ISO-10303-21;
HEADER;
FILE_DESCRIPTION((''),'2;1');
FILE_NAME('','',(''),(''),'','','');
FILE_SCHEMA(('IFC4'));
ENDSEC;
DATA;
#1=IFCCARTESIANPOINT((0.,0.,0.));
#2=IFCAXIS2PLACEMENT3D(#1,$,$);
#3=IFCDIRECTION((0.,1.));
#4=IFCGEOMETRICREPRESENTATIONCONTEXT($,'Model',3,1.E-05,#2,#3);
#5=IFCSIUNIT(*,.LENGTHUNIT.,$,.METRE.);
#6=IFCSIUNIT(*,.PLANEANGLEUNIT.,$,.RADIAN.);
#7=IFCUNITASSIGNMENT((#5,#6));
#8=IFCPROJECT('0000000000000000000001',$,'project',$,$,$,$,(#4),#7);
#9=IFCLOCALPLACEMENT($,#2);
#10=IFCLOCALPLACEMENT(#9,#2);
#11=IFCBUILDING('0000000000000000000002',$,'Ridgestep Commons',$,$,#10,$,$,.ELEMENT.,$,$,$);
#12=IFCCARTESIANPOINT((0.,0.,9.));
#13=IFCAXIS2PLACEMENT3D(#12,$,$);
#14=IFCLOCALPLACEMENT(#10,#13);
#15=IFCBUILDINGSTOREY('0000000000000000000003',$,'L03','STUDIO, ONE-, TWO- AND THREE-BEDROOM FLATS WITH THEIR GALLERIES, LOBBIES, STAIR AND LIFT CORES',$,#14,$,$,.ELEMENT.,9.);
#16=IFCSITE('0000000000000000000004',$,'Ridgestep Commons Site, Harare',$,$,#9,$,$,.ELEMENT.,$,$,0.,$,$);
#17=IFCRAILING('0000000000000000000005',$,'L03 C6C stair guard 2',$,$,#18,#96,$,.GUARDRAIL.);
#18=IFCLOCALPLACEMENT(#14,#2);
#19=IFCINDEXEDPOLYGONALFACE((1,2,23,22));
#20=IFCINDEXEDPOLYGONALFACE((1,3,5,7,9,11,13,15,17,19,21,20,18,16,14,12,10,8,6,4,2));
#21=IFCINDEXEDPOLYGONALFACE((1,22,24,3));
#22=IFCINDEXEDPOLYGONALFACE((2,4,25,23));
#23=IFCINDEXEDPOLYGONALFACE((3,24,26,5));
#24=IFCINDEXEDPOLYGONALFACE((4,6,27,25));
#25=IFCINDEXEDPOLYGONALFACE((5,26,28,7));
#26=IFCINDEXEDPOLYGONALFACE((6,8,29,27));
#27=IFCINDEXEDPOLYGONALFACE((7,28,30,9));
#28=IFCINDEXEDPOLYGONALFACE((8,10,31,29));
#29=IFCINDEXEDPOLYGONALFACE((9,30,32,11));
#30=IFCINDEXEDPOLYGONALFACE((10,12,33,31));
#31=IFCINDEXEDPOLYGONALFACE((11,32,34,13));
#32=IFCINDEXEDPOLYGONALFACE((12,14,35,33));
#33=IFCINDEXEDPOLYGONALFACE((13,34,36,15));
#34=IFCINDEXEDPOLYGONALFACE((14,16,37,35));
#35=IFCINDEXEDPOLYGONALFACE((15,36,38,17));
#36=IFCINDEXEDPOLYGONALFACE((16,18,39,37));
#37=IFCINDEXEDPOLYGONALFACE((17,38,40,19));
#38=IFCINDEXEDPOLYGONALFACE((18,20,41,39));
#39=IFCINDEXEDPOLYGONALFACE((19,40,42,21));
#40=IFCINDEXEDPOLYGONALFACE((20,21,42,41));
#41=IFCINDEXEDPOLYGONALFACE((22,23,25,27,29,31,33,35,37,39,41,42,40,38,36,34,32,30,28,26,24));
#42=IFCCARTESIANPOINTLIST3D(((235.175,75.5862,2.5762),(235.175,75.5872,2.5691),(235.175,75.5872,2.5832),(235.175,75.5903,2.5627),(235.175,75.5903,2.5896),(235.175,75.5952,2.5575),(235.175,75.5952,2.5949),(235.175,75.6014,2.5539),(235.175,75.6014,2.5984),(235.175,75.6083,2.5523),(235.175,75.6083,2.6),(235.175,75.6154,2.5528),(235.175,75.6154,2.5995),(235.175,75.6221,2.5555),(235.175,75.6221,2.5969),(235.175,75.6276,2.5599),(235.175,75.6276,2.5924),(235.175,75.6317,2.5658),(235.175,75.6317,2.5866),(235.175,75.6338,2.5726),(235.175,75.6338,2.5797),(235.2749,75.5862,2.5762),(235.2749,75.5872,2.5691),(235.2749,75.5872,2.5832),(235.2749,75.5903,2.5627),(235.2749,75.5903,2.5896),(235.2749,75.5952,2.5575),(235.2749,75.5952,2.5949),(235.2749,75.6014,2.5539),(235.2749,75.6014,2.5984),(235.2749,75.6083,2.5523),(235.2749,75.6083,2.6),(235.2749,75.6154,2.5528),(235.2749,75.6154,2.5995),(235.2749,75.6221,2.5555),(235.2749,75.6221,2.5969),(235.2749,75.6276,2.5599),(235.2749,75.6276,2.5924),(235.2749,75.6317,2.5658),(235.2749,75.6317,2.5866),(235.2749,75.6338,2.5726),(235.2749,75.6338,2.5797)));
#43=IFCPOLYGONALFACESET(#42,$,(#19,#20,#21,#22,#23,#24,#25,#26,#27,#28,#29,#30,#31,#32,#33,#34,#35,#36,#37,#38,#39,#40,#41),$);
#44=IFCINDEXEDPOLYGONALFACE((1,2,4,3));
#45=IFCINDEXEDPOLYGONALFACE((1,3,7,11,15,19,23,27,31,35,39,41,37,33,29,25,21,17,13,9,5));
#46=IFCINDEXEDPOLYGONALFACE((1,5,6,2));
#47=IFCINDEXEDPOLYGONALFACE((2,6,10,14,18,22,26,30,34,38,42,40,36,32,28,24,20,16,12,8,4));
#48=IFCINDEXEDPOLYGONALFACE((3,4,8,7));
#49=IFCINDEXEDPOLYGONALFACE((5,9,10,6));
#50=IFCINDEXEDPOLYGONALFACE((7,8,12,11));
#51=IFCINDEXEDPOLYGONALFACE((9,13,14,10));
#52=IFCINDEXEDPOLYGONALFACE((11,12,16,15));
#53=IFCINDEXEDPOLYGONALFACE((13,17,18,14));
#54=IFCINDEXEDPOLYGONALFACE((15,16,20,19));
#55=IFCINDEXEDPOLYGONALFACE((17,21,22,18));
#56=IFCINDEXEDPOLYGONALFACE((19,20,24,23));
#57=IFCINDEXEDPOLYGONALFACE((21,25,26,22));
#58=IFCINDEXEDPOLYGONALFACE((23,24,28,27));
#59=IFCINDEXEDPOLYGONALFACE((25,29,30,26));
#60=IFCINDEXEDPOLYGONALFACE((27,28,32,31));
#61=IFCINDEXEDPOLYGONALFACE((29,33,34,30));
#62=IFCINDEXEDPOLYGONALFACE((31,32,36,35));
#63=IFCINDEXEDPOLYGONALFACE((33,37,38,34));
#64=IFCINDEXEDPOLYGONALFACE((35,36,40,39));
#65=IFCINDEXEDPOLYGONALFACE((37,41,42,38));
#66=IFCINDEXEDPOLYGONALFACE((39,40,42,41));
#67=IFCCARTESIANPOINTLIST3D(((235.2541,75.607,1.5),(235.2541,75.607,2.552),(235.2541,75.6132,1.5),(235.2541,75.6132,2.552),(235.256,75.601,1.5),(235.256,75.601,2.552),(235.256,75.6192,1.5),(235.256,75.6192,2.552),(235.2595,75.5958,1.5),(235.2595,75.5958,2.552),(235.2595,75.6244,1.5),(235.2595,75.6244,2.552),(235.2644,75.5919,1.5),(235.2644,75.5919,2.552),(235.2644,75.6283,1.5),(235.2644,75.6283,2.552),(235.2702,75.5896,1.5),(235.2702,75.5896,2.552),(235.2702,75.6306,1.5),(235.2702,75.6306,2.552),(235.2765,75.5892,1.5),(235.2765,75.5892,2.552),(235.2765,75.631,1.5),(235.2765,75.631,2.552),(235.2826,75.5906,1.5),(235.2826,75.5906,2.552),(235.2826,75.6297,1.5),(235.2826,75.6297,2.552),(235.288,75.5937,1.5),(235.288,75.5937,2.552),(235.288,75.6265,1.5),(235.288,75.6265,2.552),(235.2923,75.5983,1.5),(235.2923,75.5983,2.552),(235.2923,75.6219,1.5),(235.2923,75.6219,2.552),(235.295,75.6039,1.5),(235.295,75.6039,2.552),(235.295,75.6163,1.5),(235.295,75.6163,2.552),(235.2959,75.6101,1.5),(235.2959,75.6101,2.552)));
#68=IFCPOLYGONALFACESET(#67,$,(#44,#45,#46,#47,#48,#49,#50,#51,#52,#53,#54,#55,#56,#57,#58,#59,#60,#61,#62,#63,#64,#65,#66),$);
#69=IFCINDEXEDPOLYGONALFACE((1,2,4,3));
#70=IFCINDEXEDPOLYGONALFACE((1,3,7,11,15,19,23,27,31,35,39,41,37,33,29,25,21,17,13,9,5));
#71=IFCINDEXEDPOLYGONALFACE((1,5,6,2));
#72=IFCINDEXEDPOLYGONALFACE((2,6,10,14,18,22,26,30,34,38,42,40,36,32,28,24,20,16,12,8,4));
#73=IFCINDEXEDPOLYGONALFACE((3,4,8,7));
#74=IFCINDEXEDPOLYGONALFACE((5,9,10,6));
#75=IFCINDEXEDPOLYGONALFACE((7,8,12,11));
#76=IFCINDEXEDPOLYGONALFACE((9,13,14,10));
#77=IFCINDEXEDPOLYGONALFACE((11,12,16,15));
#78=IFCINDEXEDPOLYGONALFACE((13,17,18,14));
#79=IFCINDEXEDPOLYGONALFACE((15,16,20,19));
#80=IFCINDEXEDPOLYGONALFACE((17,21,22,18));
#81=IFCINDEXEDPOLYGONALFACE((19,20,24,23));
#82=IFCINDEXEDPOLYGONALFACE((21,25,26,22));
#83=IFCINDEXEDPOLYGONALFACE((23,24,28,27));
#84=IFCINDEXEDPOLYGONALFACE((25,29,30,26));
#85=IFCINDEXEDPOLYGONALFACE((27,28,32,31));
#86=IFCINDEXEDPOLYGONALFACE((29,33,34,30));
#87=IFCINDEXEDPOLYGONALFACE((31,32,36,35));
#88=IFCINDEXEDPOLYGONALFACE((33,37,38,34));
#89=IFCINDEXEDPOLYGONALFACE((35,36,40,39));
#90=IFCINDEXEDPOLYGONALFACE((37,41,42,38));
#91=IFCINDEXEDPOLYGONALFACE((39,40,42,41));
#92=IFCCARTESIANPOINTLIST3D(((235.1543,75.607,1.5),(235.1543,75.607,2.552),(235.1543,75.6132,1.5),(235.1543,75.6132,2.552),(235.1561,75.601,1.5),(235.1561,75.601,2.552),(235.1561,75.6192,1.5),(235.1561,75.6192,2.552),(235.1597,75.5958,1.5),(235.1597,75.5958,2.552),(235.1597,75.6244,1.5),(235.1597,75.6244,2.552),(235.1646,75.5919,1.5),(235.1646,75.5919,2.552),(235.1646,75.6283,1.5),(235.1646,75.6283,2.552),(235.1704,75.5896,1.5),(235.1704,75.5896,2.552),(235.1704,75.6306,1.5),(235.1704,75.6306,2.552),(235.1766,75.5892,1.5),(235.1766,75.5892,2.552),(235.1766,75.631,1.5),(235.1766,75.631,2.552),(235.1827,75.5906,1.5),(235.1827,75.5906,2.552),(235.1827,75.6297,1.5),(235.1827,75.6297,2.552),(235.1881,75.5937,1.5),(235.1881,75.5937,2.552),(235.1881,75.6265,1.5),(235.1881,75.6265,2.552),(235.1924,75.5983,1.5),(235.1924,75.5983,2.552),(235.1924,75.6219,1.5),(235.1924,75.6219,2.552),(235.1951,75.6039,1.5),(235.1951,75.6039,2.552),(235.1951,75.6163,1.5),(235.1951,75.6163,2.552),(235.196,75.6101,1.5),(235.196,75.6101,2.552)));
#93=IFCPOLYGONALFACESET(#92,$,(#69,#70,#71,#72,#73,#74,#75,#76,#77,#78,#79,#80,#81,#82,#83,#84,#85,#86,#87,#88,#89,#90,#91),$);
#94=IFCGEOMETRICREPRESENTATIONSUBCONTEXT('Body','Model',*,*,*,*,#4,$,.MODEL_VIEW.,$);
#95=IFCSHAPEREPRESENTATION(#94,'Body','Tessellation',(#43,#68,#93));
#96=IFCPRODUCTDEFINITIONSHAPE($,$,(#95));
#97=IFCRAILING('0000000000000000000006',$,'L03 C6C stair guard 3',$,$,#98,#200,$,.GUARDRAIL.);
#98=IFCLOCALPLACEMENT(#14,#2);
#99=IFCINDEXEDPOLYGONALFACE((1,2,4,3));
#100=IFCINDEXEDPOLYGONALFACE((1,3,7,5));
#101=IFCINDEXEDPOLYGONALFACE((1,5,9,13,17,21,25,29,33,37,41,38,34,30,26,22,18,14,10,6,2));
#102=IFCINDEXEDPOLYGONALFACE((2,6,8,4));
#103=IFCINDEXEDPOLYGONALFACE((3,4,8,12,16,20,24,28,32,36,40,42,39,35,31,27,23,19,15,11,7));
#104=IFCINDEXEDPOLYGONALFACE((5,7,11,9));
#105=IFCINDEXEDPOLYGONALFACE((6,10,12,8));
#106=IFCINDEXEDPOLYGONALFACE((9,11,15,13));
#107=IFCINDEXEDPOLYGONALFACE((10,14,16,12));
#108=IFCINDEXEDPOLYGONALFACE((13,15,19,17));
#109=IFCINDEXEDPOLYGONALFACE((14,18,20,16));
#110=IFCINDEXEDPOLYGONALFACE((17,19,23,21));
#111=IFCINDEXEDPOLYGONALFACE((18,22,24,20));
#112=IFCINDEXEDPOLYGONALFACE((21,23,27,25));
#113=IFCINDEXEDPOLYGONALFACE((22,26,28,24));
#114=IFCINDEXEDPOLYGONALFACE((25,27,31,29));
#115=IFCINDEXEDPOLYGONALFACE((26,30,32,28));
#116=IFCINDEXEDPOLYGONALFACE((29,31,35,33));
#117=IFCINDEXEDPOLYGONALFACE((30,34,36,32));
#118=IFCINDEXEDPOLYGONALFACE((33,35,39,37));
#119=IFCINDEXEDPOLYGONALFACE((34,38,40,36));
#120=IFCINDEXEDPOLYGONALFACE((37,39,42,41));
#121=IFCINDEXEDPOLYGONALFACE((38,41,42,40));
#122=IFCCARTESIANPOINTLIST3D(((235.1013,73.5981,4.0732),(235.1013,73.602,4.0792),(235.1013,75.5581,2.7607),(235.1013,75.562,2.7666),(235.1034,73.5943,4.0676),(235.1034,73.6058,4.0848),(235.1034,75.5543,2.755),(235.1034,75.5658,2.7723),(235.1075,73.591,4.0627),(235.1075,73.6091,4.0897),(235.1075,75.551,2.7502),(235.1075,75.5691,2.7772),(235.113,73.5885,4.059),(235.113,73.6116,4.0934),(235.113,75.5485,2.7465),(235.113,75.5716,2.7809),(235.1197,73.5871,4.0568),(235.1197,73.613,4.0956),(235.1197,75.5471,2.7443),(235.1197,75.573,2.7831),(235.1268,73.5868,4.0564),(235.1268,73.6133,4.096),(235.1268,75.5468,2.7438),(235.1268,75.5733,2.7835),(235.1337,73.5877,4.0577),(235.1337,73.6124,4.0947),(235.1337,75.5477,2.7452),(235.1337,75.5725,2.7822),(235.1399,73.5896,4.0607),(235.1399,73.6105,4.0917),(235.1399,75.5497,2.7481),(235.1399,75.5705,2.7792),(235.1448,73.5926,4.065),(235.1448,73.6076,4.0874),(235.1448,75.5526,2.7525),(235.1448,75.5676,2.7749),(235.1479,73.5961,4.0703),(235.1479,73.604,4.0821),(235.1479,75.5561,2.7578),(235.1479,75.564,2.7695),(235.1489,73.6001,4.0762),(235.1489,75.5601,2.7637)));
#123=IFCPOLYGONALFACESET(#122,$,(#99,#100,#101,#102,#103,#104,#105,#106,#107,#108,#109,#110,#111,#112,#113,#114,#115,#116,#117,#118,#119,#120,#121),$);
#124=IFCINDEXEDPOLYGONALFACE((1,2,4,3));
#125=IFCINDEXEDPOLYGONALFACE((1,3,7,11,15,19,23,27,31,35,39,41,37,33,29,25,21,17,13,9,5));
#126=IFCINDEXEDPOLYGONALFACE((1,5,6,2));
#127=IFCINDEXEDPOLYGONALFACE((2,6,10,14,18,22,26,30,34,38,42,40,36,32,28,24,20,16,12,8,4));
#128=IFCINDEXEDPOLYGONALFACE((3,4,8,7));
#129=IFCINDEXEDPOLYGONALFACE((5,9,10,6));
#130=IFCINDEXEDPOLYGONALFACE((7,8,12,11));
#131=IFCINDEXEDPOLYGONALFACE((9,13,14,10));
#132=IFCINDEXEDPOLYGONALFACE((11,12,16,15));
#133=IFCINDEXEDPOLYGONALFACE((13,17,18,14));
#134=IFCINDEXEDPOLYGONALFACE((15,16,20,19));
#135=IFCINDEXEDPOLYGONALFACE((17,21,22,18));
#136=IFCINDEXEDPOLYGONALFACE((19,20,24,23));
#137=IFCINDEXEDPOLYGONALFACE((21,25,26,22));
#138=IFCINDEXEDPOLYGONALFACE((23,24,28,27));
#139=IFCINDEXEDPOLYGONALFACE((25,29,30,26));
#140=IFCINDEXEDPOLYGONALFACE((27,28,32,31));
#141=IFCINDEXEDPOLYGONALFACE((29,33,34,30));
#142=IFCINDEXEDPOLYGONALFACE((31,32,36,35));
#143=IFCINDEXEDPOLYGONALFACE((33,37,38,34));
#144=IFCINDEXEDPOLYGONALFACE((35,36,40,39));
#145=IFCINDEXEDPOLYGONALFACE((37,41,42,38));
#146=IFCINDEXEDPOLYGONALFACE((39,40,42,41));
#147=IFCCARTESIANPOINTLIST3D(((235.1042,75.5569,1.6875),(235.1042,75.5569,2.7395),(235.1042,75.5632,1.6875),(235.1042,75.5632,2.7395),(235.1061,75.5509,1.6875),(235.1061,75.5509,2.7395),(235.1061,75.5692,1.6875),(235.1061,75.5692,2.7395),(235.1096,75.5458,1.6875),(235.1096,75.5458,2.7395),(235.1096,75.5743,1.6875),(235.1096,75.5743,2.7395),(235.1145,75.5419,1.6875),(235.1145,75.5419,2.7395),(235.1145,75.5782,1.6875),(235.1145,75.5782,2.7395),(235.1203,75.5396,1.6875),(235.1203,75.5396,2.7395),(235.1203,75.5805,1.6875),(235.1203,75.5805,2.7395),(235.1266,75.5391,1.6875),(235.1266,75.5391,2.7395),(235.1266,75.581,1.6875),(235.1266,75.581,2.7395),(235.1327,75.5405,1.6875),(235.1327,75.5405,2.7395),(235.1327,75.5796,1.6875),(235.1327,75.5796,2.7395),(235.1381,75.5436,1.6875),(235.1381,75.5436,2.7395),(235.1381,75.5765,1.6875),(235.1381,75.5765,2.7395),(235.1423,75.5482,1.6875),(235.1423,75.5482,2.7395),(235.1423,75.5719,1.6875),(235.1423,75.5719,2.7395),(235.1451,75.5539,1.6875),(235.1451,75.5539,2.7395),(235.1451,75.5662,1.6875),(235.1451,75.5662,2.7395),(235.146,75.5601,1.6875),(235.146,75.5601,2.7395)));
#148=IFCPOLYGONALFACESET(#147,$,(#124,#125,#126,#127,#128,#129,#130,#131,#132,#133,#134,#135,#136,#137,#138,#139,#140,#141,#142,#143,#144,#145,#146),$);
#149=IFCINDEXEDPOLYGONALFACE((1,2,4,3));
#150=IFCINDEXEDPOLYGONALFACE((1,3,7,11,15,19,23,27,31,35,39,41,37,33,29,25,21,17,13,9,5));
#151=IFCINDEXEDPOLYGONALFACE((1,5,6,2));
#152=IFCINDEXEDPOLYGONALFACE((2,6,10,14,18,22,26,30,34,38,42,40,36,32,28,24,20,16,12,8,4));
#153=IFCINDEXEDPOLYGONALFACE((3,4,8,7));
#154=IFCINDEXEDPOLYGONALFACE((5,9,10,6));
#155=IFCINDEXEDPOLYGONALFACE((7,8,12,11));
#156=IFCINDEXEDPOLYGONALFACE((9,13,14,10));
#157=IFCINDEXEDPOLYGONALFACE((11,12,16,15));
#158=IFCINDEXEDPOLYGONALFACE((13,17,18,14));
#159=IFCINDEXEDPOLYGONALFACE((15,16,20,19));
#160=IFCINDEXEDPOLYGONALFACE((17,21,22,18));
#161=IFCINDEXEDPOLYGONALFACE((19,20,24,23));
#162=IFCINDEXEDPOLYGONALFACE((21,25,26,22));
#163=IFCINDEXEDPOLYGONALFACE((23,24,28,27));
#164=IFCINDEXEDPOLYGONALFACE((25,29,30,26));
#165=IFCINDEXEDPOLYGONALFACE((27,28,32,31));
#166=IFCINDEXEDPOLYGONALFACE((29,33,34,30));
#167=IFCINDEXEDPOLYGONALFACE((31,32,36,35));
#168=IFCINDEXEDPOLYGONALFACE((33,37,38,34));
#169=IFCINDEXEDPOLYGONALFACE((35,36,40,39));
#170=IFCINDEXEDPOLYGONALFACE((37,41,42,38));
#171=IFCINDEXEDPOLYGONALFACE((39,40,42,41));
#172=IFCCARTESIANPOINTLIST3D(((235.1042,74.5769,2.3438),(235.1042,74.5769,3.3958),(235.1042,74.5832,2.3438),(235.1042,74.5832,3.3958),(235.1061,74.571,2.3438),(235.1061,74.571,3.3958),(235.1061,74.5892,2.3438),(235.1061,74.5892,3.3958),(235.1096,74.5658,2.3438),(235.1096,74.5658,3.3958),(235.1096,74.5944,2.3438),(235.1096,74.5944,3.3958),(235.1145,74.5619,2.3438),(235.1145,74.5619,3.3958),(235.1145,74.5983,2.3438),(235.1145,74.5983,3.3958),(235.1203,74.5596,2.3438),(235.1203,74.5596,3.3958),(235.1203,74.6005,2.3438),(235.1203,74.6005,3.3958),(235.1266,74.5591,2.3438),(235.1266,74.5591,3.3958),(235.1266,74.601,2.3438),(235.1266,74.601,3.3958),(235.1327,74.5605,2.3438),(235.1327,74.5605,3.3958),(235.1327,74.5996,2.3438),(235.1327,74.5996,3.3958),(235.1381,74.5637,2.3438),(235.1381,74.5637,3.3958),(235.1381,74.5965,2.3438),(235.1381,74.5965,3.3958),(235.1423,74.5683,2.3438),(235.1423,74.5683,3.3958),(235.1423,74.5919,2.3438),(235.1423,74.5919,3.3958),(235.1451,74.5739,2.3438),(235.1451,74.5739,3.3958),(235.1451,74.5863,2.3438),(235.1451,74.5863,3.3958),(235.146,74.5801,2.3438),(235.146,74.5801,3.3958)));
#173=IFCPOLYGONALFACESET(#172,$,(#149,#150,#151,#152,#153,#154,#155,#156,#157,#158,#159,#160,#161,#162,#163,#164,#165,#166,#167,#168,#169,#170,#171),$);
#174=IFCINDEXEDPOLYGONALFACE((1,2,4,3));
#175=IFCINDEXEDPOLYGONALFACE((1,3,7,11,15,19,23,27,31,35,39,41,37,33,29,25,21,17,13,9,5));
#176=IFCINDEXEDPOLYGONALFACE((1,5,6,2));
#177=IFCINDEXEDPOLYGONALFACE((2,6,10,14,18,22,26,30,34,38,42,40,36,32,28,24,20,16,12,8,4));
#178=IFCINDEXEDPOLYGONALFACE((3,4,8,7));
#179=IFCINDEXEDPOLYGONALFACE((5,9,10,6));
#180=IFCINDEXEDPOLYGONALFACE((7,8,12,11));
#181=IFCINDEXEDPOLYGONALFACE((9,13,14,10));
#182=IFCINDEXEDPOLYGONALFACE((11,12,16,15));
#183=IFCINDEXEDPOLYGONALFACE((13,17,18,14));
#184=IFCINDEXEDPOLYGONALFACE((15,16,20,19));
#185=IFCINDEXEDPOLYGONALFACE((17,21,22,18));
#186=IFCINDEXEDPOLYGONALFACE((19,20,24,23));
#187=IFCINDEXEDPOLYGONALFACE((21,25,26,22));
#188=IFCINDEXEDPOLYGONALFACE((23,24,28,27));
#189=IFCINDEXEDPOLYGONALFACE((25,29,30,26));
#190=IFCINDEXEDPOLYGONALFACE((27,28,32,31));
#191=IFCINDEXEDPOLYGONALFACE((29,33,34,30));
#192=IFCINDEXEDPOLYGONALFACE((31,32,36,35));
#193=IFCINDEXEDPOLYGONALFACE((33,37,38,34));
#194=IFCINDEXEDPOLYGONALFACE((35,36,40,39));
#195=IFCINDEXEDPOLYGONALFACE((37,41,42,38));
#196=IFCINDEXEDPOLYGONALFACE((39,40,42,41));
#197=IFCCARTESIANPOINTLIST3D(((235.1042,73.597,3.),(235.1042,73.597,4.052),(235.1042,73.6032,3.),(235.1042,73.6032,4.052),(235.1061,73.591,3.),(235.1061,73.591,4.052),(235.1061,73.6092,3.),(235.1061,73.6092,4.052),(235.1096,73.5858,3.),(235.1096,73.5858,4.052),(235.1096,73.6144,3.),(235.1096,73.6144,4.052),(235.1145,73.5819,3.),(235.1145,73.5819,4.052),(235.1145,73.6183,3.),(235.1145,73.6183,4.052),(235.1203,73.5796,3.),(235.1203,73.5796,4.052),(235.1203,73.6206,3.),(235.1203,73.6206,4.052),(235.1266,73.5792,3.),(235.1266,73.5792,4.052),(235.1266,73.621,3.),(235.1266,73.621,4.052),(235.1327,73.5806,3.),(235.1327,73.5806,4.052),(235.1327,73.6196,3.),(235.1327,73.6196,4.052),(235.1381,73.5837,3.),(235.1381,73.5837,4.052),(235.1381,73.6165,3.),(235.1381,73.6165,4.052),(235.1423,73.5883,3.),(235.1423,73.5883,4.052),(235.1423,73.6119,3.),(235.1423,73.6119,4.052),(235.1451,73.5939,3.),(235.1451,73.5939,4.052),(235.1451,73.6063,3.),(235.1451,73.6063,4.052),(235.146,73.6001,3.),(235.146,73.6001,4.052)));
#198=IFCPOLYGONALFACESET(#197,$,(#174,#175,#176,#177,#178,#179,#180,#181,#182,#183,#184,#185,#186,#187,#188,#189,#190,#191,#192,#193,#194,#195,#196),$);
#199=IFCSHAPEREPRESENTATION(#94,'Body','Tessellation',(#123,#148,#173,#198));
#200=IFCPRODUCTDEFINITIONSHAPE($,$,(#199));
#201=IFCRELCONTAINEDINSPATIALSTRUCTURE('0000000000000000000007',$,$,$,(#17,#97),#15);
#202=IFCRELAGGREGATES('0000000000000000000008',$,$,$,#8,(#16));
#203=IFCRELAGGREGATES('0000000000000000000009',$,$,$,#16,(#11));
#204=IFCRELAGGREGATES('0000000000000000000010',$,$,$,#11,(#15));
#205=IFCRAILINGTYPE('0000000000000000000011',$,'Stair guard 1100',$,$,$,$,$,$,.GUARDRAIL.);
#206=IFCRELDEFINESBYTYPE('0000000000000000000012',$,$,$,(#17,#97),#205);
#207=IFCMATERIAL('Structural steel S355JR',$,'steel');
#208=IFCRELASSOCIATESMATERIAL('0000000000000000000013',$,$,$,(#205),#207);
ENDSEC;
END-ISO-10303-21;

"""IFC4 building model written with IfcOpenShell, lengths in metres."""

from ifc_helpers import new_model, si_unit, direction, frame, origin, origin_2d, place, context, subcontext, project, spatial, circle, extrude, material, type_object, element, save


model = new_model("IFC4")

# Units and contexts
model_context = context("Model", 3, precision=1e-05, world=origin(), true_north=direction((0.0, 1.0)))
body_context = subcontext(model_context, "Body", "Model", "MODEL_VIEW")
ifc_project = project(units=[si_unit("LENGTHUNIT", "METRE"), si_unit("PLANEANGLEUNIT", "RADIAN")], contexts=[model_context])

# Site, building, storey
site_placement = place(None, origin())
site = spatial("IfcSite", under=ifc_project, at=site_placement, Name="Ridgestep Commons Site, Harare", CompositionType="ELEMENT", RefElevation=0.0)
building_placement = place(site_placement, origin())
building = spatial("IfcBuilding", under=site, at=building_placement, Name="Ridgestep Commons", CompositionType="ELEMENT")
storey_placement = place(building_placement, frame((0.0, 0.0, 9.0)))
storey = spatial("IfcBuildingStorey", under=building, at=storey_placement, Name="L03", Description="STUDIO, ONE-, TWO- AND THREE-BEDROOM FLATS WITH THEIR GALLERIES, LOBBIES, STAIR AND LIFT CORES", CompositionType="ELEMENT", Elevation=9.0)

# Railings
ifc_material_1 = material(Name="Structural steel S355JR", Category="steel")
railing_type = type_object("IfcRailingType", Name="Stair guard 1100", PredefinedType="GUARDRAIL", material=ifc_material_1)
railing_1_placement = place(storey_placement, frame((235.2749, 75.6101, 1.5)))
element("IfcRailing", 1, at=railing_1_placement, inside=storey, type_object=railing_type, Name="L03 C6C stair guard 2", PredefinedType="GUARDRAIL", context=body_context, shape_type="SweptSolid", body=[
    extrude(circle(Radius=0.0239, at=origin_2d()), frame((0.0, 0.0, 1.0762), z_axis=(-1.0, 0.0, 0.0), x_axis=(0.0, -1.0, 0.0)), (0.0, 0.0, 1.0), 0.0999),
    extrude(circle(Radius=0.021, at=origin_2d()), origin(), (0.0, 0.0, 1.0), 1.052),
    extrude(circle(Radius=0.021, at=origin_2d()), frame((-0.0999, 0.0, 0.0)), (0.0, 0.0, 1.0), 1.052),
])
railing_2_placement = place(storey_placement, frame((235.125, 75.5601, 1.6875)))
element("IfcRailing", 2, at=railing_2_placement, inside=storey, type_object=railing_type, Name="L03 C6C stair guard 3", PredefinedType="GUARDRAIL", context=body_context, shape_type="SweptSolid", body=[
    extrude(circle(Radius=0.0239, at=origin_2d()), frame((0.0, 0.0, 1.0762), z_axis=(0.0, -0.830902, 0.556419), x_axis=(1.0, 0.0, 0.0)), (0.0, 0.0, 1.0), 2.3589),
    extrude(circle(Radius=0.021, at=origin_2d()), origin(), (0.0, 0.0, 1.0), 1.052),
    extrude(circle(Radius=0.021, at=origin_2d()), frame((0.0, -0.98, 0.6562)), (0.0, 0.0, 1.0), 1.052),
    extrude(circle(Radius=0.021, at=origin_2d()), frame((0.0, -1.96, 1.3125)), (0.0, 0.0, 1.0), 1.052),
])

save(model, "model.ifc")
